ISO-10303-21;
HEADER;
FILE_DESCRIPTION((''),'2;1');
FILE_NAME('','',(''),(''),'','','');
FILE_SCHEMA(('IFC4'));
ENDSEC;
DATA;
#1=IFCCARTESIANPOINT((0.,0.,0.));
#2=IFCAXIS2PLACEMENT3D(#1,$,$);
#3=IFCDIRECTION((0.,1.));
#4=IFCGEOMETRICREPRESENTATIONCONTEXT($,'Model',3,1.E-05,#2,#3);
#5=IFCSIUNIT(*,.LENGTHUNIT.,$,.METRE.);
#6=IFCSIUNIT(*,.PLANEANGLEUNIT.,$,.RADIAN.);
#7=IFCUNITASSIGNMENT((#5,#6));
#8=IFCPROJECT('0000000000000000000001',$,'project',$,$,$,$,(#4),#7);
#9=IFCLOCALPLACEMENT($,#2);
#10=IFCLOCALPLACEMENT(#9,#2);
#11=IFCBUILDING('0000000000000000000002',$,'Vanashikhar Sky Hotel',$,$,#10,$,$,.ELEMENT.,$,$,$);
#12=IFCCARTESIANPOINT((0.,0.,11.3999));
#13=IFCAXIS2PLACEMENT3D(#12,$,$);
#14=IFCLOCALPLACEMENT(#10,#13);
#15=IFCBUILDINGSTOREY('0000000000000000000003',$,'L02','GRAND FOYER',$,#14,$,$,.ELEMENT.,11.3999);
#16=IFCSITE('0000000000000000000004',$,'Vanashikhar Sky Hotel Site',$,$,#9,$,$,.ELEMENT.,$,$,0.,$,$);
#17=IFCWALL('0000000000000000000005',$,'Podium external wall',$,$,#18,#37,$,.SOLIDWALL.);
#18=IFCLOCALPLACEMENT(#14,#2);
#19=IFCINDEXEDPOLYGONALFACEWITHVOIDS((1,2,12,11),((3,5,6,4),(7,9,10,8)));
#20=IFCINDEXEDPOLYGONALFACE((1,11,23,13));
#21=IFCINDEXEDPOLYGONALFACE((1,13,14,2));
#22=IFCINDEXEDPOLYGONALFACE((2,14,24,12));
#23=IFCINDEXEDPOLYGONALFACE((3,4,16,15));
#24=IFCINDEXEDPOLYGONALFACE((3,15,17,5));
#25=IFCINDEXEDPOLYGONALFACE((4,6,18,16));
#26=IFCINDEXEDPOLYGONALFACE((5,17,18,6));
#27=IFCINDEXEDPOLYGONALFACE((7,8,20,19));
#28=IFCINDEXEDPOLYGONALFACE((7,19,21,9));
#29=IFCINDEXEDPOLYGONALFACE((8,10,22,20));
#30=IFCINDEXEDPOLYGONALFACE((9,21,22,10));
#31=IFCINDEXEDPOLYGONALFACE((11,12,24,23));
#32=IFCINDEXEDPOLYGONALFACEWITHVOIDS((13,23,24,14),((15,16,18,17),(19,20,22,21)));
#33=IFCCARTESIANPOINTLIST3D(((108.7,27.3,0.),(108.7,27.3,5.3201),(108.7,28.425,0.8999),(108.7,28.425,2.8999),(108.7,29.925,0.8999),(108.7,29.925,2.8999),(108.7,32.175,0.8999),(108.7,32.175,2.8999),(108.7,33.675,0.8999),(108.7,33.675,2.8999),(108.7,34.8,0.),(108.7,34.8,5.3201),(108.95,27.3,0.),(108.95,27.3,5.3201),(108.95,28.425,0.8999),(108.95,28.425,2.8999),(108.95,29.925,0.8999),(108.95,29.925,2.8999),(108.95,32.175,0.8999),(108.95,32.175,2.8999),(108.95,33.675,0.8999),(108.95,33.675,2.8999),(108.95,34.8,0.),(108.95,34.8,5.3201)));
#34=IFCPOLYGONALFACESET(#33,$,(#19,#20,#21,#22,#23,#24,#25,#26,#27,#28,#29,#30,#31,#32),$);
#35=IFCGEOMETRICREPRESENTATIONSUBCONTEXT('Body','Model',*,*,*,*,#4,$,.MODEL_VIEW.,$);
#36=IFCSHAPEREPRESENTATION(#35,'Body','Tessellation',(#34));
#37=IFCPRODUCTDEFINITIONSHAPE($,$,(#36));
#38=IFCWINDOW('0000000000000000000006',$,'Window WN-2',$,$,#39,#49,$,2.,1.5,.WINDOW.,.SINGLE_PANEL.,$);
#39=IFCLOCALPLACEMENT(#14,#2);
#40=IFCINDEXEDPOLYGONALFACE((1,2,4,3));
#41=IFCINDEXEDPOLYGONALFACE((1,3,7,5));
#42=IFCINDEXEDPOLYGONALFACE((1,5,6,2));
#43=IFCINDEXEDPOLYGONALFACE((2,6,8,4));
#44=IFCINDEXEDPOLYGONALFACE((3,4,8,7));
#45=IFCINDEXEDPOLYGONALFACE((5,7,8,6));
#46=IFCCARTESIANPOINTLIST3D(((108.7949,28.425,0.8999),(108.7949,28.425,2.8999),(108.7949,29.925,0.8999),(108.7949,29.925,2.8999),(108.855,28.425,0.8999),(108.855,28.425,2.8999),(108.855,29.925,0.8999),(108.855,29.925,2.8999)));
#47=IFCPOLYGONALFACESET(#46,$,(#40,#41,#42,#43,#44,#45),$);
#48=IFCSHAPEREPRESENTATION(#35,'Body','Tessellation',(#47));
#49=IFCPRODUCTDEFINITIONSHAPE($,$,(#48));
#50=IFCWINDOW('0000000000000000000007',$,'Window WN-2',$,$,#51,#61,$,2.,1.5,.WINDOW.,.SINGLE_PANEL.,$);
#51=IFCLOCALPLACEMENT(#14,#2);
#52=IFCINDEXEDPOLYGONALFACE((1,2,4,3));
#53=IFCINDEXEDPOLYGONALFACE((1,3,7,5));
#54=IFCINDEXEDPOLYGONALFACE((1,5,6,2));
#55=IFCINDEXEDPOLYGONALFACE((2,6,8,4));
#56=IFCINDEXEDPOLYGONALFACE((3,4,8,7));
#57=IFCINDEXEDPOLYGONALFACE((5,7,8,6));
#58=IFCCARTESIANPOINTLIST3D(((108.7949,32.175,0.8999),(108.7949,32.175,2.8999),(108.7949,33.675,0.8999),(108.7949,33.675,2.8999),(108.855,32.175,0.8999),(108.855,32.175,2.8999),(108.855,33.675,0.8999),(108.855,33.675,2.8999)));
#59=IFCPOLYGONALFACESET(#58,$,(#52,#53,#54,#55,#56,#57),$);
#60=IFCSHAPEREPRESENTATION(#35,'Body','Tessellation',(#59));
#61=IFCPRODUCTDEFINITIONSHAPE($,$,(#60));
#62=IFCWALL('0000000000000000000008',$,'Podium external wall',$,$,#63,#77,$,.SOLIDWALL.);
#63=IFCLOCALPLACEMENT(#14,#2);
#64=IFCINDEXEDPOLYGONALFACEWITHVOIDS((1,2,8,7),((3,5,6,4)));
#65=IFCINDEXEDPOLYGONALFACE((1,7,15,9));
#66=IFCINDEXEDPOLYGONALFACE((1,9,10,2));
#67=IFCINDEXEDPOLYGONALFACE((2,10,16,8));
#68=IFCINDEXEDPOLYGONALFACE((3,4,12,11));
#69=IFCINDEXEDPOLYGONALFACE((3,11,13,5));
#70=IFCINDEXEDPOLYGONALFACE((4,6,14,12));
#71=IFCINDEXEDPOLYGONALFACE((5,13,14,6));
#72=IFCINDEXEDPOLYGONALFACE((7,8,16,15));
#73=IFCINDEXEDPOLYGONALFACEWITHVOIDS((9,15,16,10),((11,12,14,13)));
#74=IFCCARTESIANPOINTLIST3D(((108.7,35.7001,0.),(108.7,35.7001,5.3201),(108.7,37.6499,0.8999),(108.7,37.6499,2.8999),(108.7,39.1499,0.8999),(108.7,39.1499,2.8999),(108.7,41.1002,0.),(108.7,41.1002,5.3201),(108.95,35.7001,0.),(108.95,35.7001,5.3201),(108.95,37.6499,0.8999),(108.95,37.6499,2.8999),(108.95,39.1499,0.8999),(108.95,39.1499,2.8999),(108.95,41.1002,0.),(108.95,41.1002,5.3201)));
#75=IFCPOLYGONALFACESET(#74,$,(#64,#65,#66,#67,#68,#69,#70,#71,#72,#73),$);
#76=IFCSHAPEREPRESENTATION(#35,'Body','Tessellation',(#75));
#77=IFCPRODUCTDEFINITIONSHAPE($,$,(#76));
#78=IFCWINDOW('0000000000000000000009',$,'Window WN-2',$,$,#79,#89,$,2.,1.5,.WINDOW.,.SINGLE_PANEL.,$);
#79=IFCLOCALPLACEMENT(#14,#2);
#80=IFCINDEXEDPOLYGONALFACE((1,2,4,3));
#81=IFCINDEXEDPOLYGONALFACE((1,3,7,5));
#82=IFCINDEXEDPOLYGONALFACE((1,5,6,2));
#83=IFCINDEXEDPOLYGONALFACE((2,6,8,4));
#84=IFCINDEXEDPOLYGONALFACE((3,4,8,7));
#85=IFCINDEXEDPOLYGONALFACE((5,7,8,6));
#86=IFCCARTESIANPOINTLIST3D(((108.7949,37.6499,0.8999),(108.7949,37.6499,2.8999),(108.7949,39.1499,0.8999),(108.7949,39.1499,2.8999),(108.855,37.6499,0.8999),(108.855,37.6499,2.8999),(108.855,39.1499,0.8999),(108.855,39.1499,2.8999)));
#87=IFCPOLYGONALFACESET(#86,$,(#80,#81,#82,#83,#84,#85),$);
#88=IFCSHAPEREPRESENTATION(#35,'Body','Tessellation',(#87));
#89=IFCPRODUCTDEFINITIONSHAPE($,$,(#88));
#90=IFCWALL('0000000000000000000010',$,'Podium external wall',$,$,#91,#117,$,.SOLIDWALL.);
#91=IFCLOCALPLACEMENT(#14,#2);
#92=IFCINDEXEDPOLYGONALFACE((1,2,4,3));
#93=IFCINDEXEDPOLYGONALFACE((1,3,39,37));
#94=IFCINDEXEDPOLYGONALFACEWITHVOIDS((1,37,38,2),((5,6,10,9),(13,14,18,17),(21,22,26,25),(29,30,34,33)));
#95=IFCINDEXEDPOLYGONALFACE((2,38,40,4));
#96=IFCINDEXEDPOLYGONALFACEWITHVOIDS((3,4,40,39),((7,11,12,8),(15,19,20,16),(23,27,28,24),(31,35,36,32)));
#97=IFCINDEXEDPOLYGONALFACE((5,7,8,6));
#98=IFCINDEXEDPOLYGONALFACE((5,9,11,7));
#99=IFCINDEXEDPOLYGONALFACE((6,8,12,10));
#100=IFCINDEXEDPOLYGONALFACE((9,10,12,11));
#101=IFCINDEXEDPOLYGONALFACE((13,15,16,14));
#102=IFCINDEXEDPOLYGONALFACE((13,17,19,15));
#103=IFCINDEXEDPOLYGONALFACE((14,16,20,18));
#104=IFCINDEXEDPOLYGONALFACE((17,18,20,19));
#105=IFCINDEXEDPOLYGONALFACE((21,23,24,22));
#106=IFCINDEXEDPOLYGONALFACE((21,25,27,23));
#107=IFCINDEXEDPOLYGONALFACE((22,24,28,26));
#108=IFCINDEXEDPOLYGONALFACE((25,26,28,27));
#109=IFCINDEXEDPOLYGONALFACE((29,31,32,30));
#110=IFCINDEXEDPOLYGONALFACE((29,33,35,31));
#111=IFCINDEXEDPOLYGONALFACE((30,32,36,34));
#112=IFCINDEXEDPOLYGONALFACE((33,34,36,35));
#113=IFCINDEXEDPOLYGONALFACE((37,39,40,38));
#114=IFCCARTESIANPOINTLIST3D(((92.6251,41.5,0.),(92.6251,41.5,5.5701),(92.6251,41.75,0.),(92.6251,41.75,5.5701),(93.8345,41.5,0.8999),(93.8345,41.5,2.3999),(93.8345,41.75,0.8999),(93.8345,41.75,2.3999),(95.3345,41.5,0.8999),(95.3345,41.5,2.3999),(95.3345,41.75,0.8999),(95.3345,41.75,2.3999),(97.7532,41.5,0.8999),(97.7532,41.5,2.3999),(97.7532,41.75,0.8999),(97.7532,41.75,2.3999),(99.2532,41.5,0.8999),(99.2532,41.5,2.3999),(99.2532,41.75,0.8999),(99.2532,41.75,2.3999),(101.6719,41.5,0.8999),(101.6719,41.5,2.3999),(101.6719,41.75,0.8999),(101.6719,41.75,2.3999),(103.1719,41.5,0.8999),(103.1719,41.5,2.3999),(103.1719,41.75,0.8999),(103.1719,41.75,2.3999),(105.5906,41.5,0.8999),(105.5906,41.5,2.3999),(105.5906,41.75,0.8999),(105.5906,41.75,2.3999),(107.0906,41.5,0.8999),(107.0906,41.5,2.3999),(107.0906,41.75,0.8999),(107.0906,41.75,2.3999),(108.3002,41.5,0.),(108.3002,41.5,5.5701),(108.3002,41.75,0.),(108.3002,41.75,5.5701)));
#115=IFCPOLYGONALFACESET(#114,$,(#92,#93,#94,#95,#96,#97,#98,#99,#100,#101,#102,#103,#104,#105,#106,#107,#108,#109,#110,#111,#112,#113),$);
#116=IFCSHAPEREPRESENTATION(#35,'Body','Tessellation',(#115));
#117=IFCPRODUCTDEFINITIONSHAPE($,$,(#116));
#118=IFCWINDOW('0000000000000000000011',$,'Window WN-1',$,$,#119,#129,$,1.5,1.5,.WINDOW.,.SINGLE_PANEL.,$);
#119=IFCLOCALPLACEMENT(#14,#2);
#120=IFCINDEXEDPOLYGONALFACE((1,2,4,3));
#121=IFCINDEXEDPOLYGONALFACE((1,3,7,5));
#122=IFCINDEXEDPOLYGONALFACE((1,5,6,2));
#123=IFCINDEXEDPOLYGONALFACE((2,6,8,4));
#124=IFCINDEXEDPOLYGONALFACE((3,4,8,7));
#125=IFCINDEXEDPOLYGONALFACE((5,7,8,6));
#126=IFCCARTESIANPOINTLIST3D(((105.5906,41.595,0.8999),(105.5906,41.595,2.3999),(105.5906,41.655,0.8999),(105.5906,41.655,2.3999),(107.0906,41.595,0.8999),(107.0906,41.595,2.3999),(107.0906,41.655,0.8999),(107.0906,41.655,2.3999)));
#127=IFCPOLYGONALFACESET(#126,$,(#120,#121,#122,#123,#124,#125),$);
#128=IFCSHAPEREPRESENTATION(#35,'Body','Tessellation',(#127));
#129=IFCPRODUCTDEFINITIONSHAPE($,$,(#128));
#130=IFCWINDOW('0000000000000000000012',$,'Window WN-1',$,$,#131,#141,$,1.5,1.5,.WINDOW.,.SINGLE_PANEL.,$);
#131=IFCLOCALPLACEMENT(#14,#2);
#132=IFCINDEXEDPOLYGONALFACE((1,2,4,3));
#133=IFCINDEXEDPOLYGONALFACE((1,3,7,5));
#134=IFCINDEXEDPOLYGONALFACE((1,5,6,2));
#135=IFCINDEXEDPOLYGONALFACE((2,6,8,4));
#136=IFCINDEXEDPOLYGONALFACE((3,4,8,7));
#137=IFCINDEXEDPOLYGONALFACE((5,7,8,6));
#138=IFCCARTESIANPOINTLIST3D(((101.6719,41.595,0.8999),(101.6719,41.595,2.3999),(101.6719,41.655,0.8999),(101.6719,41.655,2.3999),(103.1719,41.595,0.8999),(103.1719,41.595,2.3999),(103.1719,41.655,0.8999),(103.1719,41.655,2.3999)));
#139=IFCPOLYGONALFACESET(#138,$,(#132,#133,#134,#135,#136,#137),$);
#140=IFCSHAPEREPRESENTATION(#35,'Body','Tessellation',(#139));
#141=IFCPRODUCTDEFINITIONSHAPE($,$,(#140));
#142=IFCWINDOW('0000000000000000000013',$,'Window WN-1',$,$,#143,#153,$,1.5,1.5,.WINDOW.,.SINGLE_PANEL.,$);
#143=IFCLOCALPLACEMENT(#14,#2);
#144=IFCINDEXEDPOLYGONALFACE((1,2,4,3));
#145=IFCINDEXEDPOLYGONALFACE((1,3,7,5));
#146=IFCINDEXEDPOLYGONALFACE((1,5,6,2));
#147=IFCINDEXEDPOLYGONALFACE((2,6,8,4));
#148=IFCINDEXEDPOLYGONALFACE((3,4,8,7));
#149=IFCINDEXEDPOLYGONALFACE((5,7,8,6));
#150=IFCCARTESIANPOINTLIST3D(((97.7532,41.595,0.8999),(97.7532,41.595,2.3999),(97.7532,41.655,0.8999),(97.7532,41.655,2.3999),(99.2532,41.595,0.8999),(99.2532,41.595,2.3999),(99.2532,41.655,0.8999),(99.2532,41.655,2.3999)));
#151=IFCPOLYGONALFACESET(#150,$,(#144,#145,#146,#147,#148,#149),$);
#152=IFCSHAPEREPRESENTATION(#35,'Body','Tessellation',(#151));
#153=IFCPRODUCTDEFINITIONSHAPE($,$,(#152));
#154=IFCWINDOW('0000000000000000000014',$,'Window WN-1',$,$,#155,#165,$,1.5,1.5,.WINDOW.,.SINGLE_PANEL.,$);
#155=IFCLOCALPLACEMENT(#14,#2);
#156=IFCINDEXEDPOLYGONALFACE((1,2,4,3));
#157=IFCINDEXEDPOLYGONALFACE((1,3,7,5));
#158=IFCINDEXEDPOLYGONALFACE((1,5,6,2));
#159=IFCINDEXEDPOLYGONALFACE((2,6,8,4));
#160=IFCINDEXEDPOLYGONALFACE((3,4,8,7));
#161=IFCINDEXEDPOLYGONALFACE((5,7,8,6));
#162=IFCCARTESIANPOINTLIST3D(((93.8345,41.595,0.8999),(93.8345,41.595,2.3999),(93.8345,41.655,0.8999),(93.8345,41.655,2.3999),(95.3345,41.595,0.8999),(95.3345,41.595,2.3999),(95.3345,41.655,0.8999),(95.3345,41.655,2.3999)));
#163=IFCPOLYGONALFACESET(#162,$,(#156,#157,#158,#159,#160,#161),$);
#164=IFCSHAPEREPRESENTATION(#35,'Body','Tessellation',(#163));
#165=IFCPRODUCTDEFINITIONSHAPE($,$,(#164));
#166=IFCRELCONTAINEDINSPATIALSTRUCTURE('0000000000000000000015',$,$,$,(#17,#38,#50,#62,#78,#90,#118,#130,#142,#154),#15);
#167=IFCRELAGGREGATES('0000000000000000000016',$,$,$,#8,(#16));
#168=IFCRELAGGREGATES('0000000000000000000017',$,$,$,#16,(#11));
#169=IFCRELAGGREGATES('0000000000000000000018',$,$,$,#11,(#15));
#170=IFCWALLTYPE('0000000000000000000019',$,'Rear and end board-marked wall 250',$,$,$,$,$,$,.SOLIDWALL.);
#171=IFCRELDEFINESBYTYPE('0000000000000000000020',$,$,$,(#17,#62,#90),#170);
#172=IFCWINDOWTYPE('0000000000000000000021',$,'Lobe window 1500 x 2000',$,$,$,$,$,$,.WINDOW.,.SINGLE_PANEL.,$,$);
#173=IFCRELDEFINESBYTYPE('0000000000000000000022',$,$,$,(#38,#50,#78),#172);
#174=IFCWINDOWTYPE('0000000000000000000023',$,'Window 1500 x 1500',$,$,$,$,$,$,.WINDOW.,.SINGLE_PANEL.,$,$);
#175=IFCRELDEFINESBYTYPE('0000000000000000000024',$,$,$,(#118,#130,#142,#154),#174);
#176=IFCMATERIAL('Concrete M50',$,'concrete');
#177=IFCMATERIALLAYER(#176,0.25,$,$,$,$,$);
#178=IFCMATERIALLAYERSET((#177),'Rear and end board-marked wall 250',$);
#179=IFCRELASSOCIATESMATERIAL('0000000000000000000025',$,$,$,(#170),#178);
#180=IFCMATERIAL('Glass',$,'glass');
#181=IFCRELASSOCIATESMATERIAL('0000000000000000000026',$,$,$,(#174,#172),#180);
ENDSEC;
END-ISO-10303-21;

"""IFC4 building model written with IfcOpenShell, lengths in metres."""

from ifc_helpers import new_model, si_unit, direction, frame, frame_2d, origin, place, context, subcontext, project, spatial, rectangle, extrude, source, transform, mapped, material, layer, layer_set, type_object, element, fill, save


model = new_model("IFC4")

# Units and contexts
model_context = context("Model", 3, precision=1e-05, world=origin(), true_north=direction((0.0, 1.0)))
body_context = subcontext(model_context, "Body", "Model", "MODEL_VIEW")
ifc_project = project(units=[si_unit("LENGTHUNIT", "METRE"), si_unit("PLANEANGLEUNIT", "RADIAN")], contexts=[model_context])

# Site, building, storey
site_placement = place(None, origin())
site = spatial("IfcSite", under=ifc_project, at=site_placement, Name="Vanashikhar Sky Hotel Site", CompositionType="ELEMENT", RefElevation=0.0)
building_placement = place(site_placement, origin())
building = spatial("IfcBuilding", under=site, at=building_placement, Name="Vanashikhar Sky Hotel", CompositionType="ELEMENT")
storey_placement = place(building_placement, frame((0.0, 0.0, 11.3999)))
storey = spatial("IfcBuildingStorey", under=building, at=storey_placement, Name="L02", Description="GRAND FOYER", CompositionType="ELEMENT", Elevation=11.3999)

# Shared definitions
ifc_material_1 = material(Name="Concrete M50", Category="concrete")

# Shared definitions
ifc_layer_1 = layer(ifc_material_1, 0.25)
ifc_layer_set_1 = layer_set([ifc_layer_1], Name="Rear and end board-marked wall 250")
wall_type_1 = type_object("IfcWallType", Name="Rear and end board-marked wall 250", PredefinedType="SOLIDWALL", material=ifc_layer_set_1)
shared_shape_1 = source(origin(), body_context, "Body", "SweptSolid", [
    extrude(rectangle(XDim=1.5, YDim=1.5, at=frame_2d((0.75, 0.75))), frame((0.0, 0.135, 0.0), z_axis=(0.0, -1.0, 0.0), x_axis=(1.0, 0.0, 0.0)), (0.0, 0.0, 1.0), 0.27),
])
ifc_material_2 = material(Name="Glass", Category="glass")
window_type_1 = type_object("IfcWindowType", Name="Window 1500 x 1500", PartitioningType="SINGLE_PANEL", PredefinedType="WINDOW", material=ifc_material_2)
shared_shape_2 = source(origin(), body_context, "Body", "SweptSolid", [
    extrude(rectangle(XDim=1.5, YDim=1.5, at=frame_2d((0.75, 0.75))), frame((0.0, 0.03, 0.0), z_axis=(0.0, -1.0, 0.0), x_axis=(1.0, 0.0, 0.0)), (0.0, 0.0, 1.0), 0.0601),
])

# Wall, openings, windows
shared_shape_3 = source(origin(), body_context, "Body", "SweptSolid", [
    extrude(rectangle(XDim=7.5, YDim=0.25, at=frame_2d((3.75, 0.0))), origin(), (0.0, 0.0, 1.0), 5.3201),
])
wall_1_placement = place(storey_placement, frame((108.825, 27.3, 0.0), z_axis=(0.0, 0.0, 1.0), x_axis=(0.0, 1.0, 0.0)))
wall_1 = element("IfcWall", 1, at=wall_1_placement, inside=storey, type_object=wall_type_1, Name="Podium external wall", PredefinedType="SOLIDWALL", context=body_context, shape_type="MappedRepresentation", body=[
    mapped(shared_shape_3, transform((0.0, 0.0, 0.0), scale=1.0)),
])
shared_shape_4 = source(origin(), body_context, "Body", "SweptSolid", [
    extrude(rectangle(XDim=1.5, YDim=2.0, at=frame_2d((0.75, 1.0))), frame((0.0, 0.135, 0.0), z_axis=(0.0, -1.0, 0.0), x_axis=(1.0, 0.0, 0.0)), (0.0, 0.0, 1.0), 0.27),
])
opening_1_placement = place(wall_1_placement, frame((1.125, 0.0, 0.8999)))
opening_1 = element("IfcOpeningElement", 2, at=opening_1_placement, cuts=wall_1, PredefinedType="OPENING", context=body_context, shape_type="MappedRepresentation", body=[
    mapped(shared_shape_4, transform((0.0, 0.0, 0.0), scale=1.0)),
])
opening_2_placement = place(wall_1_placement, frame((4.875, 0.0, 0.8999)))
opening_2 = element("IfcOpeningElement", 3, at=opening_2_placement, cuts=wall_1, PredefinedType="OPENING", context=body_context, shape_type="MappedRepresentation", body=[
    mapped(shared_shape_4, transform((0.0, 0.0, 0.0), scale=1.0)),
])
window_type_2 = type_object("IfcWindowType", Name="Lobe window 1500 x 2000", PartitioningType="SINGLE_PANEL", PredefinedType="WINDOW", material=ifc_material_2)
shared_shape_5 = source(origin(), body_context, "Body", "SweptSolid", [
    extrude(rectangle(XDim=1.5, YDim=2.0, at=frame_2d((0.75, 1.0))), frame((0.0, 0.03, 0.0), z_axis=(0.0, -1.0, 0.0), x_axis=(1.0, 0.0, 0.0)), (0.0, 0.0, 1.0), 0.0601),
])
window_1_placement = place(opening_1_placement, origin())
window_1 = element("IfcWindow", 4, at=window_1_placement, inside=storey, type_object=window_type_2, Name="Window WN-2", OverallHeight=2.0, OverallWidth=1.5, PartitioningType="SINGLE_PANEL", PredefinedType="WINDOW", context=body_context, shape_type="MappedRepresentation", body=[
    mapped(shared_shape_5, transform((0.0, 0.0, 0.0), scale=1.0)),
])
fill(opening_1, window_1)
window_2_placement = place(opening_2_placement, origin())
window_2 = element("IfcWindow", 5, at=window_2_placement, inside=storey, type_object=window_type_2, Name="Window WN-2", OverallHeight=2.0, OverallWidth=1.5, PartitioningType="SINGLE_PANEL", PredefinedType="WINDOW", context=body_context, shape_type="MappedRepresentation", body=[
    mapped(shared_shape_5, transform((0.0, 0.0, 0.0), scale=1.0)),
])
fill(opening_2, window_2)

# Wall, opening, window
shared_shape_6 = source(origin(), body_context, "Body", "SweptSolid", [
    extrude(rectangle(XDim=5.4001, YDim=0.25, at=frame_2d((2.7002, 0.0))), origin(), (0.0, 0.0, 1.0), 5.3201),
])
wall_2_placement = place(storey_placement, frame((108.825, 35.7, 0.0), z_axis=(0.0, 0.0, 1.0), x_axis=(0.0, 1.0, 0.0)))
wall_2 = element("IfcWall", 6, at=wall_2_placement, inside=storey, type_object=wall_type_1, Name="Podium external wall", PredefinedType="SOLIDWALL", context=body_context, shape_type="MappedRepresentation", body=[
    mapped(shared_shape_6, transform((0.0, 0.0, 0.0), scale=1.0)),
])
opening_3_placement = place(wall_2_placement, frame((1.95, 0.0, 0.8999)))
opening_3 = element("IfcOpeningElement", 7, at=opening_3_placement, cuts=wall_2, PredefinedType="OPENING", context=body_context, shape_type="MappedRepresentation", body=[
    mapped(shared_shape_4, transform((0.0, 0.0, 0.0), scale=1.0)),
])
window_3_placement = place(opening_3_placement, origin())
window_3 = element("IfcWindow", 8, at=window_3_placement, inside=storey, type_object=window_type_2, Name="Window WN-2", OverallHeight=2.0, OverallWidth=1.5, PartitioningType="SINGLE_PANEL", PredefinedType="WINDOW", context=body_context, shape_type="MappedRepresentation", body=[
    mapped(shared_shape_5, transform((0.0, 0.0, 0.0), scale=1.0)),
])
fill(opening_3, window_3)

# Wall, openings, windows
shared_shape_7 = source(origin(), body_context, "Body", "SweptSolid", [
    extrude(rectangle(XDim=15.675, YDim=0.25, at=frame_2d((7.8374, 0.0))), origin(), (0.0, 0.0, 1.0), 5.5701),
])
wall_3_placement = place(storey_placement, frame((108.3, 41.625, 0.0), z_axis=(0.0, 0.0, 1.0), x_axis=(-1.0, 0.0, 0.0)))
wall_3 = element("IfcWall", 9, at=wall_3_placement, inside=storey, type_object=wall_type_1, Name="Podium external wall", PredefinedType="SOLIDWALL", context=body_context, shape_type="MappedRepresentation", body=[
    mapped(shared_shape_7, transform((0.0, 0.0, 0.0), scale=1.0)),
])
opening_4_placement = place(wall_3_placement, frame((1.2095, 0.0, 0.8999)))
opening_4 = element("IfcOpeningElement", 10, at=opening_4_placement, cuts=wall_3, PredefinedType="OPENING", context=body_context, shape_type="MappedRepresentation", body=[
    mapped(shared_shape_1, transform((0.0, 0.0, 0.0), scale=1.0)),
])
opening_5_placement = place(wall_3_placement, frame((5.1282, 0.0, 0.8999)))
opening_5 = element("IfcOpeningElement", 11, at=opening_5_placement, cuts=wall_3, PredefinedType="OPENING", context=body_context, shape_type="MappedRepresentation", body=[
    mapped(shared_shape_1, transform((0.0, 0.0, 0.0), scale=1.0)),
])
opening_6_placement = place(wall_3_placement, frame((9.0469, 0.0, 0.8999)))
opening_6 = element("IfcOpeningElement", 12, at=opening_6_placement, cuts=wall_3, PredefinedType="OPENING", context=body_context, shape_type="MappedRepresentation", body=[
    mapped(shared_shape_1, transform((0.0, 0.0, 0.0), scale=1.0)),
])
opening_7_placement = place(wall_3_placement, frame((12.9656, 0.0, 0.8999)))
opening_7 = element("IfcOpeningElement", 13, at=opening_7_placement, cuts=wall_3, PredefinedType="OPENING", context=body_context, shape_type="MappedRepresentation", body=[
    mapped(shared_shape_1, transform((0.0, 0.0, 0.0), scale=1.0)),
])
window_4_placement = place(opening_4_placement, origin())
window_4 = element("IfcWindow", 14, at=window_4_placement, inside=storey, type_object=window_type_1, Name="Window WN-1", OverallHeight=1.5, OverallWidth=1.5, PartitioningType="SINGLE_PANEL", PredefinedType="WINDOW", context=body_context, shape_type="MappedRepresentation", body=[
    mapped(shared_shape_2, transform((0.0, 0.0, 0.0), scale=1.0)),
])
fill(opening_4, window_4)
window_5_placement = place(opening_5_placement, origin())
window_5 = element("IfcWindow", 15, at=window_5_placement, inside=storey, type_object=window_type_1, Name="Window WN-1", OverallHeight=1.5, OverallWidth=1.5, PartitioningType="SINGLE_PANEL", PredefinedType="WINDOW", context=body_context, shape_type="MappedRepresentation", body=[
    mapped(shared_shape_2, transform((0.0, 0.0, 0.0), scale=1.0)),
])
fill(opening_5, window_5)
window_6_placement = place(opening_6_placement, origin())
window_6 = element("IfcWindow", 16, at=window_6_placement, inside=storey, type_object=window_type_1, Name="Window WN-1", OverallHeight=1.5, OverallWidth=1.5, PartitioningType="SINGLE_PANEL", PredefinedType="WINDOW", context=body_context, shape_type="MappedRepresentation", body=[
    mapped(shared_shape_2, transform((0.0, 0.0, 0.0), scale=1.0)),
])
fill(opening_6, window_6)
window_7_placement = place(opening_7_placement, origin())
window_7 = element("IfcWindow", 17, at=window_7_placement, inside=storey, type_object=window_type_1, Name="Window WN-1", OverallHeight=1.5, OverallWidth=1.5, PartitioningType="SINGLE_PANEL", PredefinedType="WINDOW", context=body_context, shape_type="MappedRepresentation", body=[
    mapped(shared_shape_2, transform((0.0, 0.0, 0.0), scale=1.0)),
])
fill(opening_7, window_7)

save(model, "model.ifc")
